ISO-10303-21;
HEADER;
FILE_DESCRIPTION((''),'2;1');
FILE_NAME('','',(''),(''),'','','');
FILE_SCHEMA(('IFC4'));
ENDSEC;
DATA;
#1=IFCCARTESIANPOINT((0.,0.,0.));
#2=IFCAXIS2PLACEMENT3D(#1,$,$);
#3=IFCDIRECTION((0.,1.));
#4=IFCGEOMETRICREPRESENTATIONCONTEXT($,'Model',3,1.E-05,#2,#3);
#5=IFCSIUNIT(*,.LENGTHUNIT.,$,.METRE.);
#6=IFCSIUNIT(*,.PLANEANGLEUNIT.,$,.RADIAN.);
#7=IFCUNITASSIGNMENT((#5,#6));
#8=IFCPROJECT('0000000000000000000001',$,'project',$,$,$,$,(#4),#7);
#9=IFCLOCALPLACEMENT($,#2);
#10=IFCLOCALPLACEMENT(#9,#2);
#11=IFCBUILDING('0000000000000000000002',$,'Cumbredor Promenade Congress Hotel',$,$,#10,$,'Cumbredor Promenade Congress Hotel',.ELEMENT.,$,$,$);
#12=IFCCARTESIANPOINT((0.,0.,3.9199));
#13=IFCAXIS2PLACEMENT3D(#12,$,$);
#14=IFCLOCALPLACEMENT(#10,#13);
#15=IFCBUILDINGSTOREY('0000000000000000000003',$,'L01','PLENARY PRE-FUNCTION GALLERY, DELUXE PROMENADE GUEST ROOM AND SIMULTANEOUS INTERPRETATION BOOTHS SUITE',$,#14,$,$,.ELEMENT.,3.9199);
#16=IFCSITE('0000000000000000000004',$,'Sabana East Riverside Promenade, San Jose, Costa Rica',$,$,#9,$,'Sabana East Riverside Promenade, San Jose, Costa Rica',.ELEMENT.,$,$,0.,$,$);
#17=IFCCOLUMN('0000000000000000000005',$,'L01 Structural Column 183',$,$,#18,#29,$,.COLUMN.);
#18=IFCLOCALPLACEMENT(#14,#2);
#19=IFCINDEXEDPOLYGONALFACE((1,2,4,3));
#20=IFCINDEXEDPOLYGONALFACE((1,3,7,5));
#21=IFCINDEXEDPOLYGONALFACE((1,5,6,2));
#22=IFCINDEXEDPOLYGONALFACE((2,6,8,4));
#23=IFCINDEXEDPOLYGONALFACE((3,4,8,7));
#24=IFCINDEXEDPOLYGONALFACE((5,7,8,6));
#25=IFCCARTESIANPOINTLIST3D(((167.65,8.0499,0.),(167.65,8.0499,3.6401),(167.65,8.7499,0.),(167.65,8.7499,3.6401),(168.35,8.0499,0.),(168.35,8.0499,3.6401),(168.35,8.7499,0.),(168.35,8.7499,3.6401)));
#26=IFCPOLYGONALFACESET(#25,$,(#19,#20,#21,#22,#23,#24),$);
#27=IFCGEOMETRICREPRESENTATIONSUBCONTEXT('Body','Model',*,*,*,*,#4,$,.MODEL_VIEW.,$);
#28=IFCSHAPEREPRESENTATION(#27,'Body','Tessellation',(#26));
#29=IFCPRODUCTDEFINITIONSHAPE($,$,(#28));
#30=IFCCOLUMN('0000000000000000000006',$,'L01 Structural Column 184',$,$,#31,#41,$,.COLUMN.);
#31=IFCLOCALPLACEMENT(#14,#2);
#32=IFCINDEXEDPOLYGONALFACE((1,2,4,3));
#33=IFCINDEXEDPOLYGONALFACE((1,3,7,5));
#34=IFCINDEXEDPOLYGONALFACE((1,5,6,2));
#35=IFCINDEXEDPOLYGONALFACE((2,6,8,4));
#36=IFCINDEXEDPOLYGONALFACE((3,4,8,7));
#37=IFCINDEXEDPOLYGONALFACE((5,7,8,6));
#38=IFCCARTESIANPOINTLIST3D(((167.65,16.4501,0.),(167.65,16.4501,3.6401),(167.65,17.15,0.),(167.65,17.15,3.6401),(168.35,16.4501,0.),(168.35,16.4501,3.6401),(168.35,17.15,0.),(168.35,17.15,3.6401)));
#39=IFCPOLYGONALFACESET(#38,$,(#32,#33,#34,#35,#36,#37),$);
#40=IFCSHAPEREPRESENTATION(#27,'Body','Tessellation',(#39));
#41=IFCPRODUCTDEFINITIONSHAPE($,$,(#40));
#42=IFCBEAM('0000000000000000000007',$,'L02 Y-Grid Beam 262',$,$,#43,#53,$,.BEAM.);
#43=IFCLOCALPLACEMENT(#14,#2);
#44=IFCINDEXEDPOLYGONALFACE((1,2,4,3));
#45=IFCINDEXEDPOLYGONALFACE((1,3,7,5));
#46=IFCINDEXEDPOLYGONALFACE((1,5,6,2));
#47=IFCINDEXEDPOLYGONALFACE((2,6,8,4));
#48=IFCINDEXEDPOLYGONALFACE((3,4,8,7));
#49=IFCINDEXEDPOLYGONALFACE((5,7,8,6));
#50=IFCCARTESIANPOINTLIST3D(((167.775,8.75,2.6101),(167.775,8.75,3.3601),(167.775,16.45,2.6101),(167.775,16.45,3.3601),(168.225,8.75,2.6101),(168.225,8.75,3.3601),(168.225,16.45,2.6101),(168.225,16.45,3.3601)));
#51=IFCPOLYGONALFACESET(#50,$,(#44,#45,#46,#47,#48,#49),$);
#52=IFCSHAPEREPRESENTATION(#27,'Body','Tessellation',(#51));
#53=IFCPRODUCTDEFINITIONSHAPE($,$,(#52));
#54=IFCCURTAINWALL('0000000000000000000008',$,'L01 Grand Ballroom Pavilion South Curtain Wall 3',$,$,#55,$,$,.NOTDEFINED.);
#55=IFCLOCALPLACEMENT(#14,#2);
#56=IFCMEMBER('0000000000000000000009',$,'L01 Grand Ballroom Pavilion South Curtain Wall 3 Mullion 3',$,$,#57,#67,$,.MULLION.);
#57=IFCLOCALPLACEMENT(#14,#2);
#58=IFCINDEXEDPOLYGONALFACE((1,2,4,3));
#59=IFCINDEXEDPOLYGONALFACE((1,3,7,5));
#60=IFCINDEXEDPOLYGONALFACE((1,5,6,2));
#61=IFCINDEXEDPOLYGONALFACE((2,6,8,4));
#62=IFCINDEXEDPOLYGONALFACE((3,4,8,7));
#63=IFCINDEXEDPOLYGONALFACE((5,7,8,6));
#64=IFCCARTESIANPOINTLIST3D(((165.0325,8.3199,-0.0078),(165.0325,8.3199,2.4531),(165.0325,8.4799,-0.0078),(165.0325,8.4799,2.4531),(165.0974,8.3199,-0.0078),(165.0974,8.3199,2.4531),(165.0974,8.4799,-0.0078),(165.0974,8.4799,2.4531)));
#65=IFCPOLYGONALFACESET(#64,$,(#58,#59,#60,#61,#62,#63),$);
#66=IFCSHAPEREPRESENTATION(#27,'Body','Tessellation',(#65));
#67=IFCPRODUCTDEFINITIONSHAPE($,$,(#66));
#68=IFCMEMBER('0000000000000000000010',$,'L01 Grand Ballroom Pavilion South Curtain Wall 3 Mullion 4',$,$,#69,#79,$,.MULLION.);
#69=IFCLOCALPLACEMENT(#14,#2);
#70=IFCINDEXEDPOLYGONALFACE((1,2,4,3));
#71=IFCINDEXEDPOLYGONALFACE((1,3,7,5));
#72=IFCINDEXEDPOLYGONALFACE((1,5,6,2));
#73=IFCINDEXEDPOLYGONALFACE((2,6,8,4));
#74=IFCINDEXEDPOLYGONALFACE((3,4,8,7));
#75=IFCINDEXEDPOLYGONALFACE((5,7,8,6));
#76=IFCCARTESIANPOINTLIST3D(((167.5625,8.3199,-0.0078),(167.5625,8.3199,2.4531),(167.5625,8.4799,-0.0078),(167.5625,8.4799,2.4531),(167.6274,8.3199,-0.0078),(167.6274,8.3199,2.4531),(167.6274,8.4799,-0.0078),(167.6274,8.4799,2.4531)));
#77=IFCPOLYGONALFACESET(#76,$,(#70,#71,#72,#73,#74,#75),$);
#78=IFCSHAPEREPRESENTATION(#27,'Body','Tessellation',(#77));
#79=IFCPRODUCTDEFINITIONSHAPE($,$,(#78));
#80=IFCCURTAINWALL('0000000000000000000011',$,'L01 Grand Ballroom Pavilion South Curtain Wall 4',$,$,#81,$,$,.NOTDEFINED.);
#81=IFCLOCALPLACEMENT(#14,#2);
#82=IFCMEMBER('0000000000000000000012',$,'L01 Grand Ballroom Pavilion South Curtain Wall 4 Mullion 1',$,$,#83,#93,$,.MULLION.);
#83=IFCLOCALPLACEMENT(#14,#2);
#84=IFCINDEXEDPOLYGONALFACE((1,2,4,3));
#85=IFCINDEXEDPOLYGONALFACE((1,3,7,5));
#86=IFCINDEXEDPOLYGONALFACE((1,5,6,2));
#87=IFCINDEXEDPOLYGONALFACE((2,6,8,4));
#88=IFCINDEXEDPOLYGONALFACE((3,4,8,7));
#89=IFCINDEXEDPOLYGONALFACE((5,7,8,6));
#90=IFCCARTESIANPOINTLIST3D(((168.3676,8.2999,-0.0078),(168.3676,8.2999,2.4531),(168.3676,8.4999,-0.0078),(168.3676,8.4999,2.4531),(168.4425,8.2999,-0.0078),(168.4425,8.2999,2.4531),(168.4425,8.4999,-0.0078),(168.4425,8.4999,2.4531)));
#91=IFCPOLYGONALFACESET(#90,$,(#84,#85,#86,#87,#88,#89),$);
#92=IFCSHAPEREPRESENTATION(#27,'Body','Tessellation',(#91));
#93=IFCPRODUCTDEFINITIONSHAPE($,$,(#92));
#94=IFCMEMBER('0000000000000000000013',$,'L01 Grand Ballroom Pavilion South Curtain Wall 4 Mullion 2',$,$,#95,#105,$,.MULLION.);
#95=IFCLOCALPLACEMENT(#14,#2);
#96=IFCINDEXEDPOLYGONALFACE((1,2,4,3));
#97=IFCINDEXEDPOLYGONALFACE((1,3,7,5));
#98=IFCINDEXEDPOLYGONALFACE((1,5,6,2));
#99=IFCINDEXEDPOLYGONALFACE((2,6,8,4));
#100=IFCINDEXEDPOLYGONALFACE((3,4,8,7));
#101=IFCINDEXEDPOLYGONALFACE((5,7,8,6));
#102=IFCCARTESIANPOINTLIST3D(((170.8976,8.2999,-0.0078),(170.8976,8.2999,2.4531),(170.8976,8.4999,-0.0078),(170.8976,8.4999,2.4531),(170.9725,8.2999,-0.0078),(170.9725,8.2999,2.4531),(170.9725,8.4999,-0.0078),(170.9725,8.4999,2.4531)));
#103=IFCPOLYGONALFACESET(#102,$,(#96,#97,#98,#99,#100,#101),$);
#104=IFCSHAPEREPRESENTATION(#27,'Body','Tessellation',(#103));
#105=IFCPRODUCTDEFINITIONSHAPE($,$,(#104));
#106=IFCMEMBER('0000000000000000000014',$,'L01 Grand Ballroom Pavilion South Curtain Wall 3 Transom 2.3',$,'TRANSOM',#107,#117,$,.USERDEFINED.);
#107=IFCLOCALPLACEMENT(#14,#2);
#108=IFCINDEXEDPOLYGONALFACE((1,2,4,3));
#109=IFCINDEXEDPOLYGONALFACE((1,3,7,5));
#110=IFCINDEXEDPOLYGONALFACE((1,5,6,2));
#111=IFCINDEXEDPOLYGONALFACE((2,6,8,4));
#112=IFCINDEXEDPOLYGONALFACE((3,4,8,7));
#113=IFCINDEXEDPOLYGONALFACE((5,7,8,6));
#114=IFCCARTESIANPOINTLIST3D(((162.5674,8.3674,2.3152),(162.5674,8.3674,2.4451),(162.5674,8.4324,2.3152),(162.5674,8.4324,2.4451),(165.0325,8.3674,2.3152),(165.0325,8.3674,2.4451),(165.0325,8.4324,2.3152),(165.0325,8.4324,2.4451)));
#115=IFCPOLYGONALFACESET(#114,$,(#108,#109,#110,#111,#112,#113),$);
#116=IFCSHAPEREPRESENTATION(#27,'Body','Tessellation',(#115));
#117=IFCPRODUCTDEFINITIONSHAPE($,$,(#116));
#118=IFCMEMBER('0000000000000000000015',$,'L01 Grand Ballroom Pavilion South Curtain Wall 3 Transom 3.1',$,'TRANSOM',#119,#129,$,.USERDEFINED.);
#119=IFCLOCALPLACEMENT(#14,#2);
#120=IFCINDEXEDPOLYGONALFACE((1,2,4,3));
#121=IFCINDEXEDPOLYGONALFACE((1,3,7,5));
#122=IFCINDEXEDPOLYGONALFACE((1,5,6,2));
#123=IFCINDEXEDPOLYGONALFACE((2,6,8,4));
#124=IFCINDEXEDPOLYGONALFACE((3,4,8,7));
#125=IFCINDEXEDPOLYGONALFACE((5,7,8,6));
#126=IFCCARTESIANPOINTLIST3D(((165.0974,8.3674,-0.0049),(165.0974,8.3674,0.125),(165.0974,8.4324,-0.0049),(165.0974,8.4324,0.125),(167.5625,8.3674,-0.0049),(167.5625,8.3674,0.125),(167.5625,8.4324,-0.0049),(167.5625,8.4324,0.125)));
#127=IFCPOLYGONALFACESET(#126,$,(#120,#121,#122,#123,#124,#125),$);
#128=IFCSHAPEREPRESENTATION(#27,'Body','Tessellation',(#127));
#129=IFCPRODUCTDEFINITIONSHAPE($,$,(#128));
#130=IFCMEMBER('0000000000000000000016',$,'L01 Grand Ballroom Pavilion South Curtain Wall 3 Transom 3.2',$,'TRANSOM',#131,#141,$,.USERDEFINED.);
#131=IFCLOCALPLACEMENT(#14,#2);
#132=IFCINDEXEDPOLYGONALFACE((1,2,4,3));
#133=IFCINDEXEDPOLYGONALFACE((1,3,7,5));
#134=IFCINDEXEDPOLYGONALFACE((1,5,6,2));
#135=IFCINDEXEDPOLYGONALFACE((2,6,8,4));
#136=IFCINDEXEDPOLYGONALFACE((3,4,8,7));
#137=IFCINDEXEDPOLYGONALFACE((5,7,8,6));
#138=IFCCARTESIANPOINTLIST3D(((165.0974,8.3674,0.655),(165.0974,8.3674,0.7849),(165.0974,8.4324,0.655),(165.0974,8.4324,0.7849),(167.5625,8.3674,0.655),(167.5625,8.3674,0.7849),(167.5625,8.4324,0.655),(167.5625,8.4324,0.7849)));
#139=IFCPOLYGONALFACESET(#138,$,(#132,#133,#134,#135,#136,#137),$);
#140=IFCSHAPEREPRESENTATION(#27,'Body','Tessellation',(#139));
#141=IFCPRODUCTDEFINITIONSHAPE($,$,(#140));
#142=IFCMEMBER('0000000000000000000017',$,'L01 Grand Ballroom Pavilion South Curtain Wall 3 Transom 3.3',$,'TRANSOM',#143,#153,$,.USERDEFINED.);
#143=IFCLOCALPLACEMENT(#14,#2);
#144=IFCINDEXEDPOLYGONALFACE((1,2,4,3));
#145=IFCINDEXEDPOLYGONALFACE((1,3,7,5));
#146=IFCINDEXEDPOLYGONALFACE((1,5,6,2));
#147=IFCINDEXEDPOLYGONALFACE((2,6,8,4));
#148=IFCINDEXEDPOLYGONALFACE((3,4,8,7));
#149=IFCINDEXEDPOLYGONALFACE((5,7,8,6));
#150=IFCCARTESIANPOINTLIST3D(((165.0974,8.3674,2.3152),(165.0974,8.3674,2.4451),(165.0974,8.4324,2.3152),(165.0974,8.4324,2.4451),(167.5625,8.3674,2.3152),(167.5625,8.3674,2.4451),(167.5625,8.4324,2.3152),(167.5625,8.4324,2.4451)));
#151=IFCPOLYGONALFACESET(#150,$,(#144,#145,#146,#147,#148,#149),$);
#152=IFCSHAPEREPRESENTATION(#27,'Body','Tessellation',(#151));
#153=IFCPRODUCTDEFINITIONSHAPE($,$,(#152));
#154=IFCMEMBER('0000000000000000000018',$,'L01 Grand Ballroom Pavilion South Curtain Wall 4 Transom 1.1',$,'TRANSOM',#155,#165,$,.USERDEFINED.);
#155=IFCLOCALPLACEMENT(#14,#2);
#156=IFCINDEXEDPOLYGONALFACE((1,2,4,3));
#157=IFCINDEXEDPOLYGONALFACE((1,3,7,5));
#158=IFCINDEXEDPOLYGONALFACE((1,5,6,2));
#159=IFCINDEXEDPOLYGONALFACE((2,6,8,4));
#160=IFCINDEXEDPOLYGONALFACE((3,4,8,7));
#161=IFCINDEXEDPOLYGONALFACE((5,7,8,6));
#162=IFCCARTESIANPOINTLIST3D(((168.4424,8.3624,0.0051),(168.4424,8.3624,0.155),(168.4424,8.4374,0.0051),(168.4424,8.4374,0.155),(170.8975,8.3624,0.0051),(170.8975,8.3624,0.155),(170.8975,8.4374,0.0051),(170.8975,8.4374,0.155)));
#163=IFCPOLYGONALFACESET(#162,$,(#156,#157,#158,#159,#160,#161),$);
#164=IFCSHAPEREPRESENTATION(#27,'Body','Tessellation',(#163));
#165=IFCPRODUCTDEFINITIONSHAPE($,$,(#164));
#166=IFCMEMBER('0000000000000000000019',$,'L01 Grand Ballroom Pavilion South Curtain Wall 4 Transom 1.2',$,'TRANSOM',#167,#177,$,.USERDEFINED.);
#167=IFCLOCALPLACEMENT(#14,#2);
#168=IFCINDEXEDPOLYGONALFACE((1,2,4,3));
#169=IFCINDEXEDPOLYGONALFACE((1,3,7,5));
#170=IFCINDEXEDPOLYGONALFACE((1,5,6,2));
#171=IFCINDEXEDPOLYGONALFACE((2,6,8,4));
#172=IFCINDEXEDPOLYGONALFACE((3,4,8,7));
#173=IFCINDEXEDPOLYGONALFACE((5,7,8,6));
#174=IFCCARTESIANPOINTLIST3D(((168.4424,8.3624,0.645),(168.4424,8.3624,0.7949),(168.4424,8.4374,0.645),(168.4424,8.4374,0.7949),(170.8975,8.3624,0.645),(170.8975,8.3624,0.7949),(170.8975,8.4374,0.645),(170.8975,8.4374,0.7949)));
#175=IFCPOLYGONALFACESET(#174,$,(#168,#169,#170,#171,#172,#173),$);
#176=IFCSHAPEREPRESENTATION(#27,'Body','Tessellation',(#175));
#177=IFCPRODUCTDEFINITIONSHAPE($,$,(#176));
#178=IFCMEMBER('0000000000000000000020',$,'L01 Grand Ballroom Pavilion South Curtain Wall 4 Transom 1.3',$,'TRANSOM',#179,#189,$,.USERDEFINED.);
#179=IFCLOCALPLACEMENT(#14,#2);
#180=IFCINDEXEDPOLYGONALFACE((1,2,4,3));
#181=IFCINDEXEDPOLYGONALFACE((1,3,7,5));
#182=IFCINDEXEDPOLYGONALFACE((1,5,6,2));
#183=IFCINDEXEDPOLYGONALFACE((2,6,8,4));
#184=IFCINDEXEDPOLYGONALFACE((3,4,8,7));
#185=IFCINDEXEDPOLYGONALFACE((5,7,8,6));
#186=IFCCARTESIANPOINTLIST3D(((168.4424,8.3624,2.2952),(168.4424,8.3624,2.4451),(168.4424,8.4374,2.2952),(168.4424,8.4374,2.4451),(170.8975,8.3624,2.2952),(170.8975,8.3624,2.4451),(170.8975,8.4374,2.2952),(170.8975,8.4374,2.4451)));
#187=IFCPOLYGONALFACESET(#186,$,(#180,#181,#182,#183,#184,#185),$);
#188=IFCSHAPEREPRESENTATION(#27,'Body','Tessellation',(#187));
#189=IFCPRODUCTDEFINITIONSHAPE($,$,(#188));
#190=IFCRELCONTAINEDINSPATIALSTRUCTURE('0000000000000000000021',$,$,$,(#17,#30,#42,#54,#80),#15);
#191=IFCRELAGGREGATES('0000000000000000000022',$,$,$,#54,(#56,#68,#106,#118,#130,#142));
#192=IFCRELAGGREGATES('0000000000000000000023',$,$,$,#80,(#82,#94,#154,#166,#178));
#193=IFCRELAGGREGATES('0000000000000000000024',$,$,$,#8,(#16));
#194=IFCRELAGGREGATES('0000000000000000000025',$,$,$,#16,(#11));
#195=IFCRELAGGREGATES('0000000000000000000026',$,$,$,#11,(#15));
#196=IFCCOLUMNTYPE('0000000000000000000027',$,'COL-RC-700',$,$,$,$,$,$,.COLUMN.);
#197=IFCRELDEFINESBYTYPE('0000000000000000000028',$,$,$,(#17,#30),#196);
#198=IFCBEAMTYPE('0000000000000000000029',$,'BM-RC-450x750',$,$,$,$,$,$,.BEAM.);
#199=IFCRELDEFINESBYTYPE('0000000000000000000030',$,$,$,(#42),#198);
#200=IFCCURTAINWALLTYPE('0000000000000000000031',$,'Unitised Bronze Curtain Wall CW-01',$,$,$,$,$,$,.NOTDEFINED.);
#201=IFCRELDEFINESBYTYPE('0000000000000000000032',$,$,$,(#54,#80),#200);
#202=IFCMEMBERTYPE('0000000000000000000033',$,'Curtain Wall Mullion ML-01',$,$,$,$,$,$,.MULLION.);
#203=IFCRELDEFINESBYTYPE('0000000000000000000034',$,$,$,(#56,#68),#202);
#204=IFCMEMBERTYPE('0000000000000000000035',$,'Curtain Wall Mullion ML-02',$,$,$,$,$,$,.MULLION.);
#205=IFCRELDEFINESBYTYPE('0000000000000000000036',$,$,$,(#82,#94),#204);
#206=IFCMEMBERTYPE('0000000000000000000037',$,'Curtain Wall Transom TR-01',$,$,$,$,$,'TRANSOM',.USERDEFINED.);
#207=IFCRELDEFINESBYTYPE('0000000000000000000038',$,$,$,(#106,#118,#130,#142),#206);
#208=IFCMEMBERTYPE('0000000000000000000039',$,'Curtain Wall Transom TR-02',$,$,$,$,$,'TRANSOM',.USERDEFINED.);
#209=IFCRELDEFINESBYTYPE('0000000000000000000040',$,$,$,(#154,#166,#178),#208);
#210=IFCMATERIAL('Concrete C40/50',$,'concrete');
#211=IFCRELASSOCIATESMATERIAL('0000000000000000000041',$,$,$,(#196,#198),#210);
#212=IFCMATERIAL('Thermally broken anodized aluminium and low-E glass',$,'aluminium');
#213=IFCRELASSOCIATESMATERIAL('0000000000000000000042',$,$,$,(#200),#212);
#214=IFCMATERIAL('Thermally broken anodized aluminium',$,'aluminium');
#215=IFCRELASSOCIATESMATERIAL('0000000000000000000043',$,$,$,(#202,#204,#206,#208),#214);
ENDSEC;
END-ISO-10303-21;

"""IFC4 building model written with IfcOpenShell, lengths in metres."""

from ifc_helpers import new_model, si_unit, direction, frame, origin, origin_2d, place, context, subcontext, project, spatial, rectangle, extrude, material, material_profile, profile_set, type_object, element, aggregate, save


model = new_model("IFC4")

# Units and contexts
model_context = context("Model", 3, precision=1e-05, world=origin(), true_north=direction((0.0, 1.0)))
body_context = subcontext(model_context, "Body", "Model", "MODEL_VIEW")
ifc_project = project(units=[si_unit("LENGTHUNIT", "METRE"), si_unit("PLANEANGLEUNIT", "RADIAN")], contexts=[model_context])

# Site, building, storey
site_placement = place(None, origin())
site = spatial("IfcSite", under=ifc_project, at=site_placement, Name="Sabana East Riverside Promenade, San Jose, Costa Rica", LongName="Sabana East Riverside Promenade, San Jose, Costa Rica", CompositionType="ELEMENT", RefElevation=0.0)
building_placement = place(site_placement, origin())
building = spatial("IfcBuilding", under=site, at=building_placement, Name="Cumbredor Promenade Congress Hotel", LongName="Cumbredor Promenade Congress Hotel", CompositionType="ELEMENT")
storey_placement = place(building_placement, frame((0.0, 0.0, 3.9199)))
storey = spatial("IfcBuildingStorey", under=building, at=storey_placement, Name="L01", Description="PLENARY PRE-FUNCTION GALLERY, DELUXE PROMENADE GUEST ROOM AND SIMULTANEOUS INTERPRETATION BOOTHS SUITE", CompositionType="ELEMENT", Elevation=3.9199)

# Columns
ifc_material_1 = material(Name="Concrete C40/50", Category="concrete")
ifc_material_profile_1 = material_profile(ifc_material_1, rectangle(XDim=0.7, YDim=0.7, at=origin_2d()), Name="RC 700x700")
ifc_profile_set_1 = profile_set([ifc_material_profile_1], Name="Concrete C40/50")
column_type = type_object("IfcColumnType", Name="COL-RC-700", PredefinedType="COLUMN", material=ifc_profile_set_1)
for number, where, z_axis, x_axis, name in (
    (1, (168.0, 8.3999, 0.0), (0.0, 0.0, 1.0), (1.0, 0.0, 0.0), "L01 Structural Column 183"),
    (2, (168.0, 16.8, 0.0), (0.0, 0.0, 1.0), (1.0, 0.0, 0.0), "L01 Structural Column 184"),
):
    element("IfcColumn", number, at=place(storey_placement, frame(where, z_axis=z_axis, x_axis=x_axis)), inside=storey, type_object=column_type, Name=name, PredefinedType="COLUMN", context=body_context, shape_type="SweptSolid", body=[
        extrude(rectangle(XDim=0.7, YDim=0.7, at=origin_2d()), origin(), (0.0, 0.0, 1.0), 3.6401),
    ])

# Beam
ifc_material_profile_2 = material_profile(ifc_material_1, rectangle(XDim=0.45, YDim=0.75, at=origin_2d()), Name="RC BEAM 450x750")
ifc_profile_set_2 = profile_set([ifc_material_profile_2], Name="Concrete C40/50")
beam_type_1 = type_object("IfcBeamType", Name="BM-RC-450x750", PredefinedType="BEAM", material=ifc_profile_set_2)
beam_1_placement = place(storey_placement, frame((168.0, 8.75, 2.9851), z_axis=(0.0, 1.0, 0.0), x_axis=(-1.0, 0.0, 0.0)))
element("IfcBeam", 3, at=beam_1_placement, inside=storey, type_object=beam_type_1, Name="L02 Y-Grid Beam 262", PredefinedType="BEAM", context=body_context, shape_type="SweptSolid", body=[
    extrude(rectangle(XDim=0.45, YDim=0.75, at=origin_2d()), origin(), (0.0, 0.0, 1.0), 7.7),
])

# Curtain walls, members
ifc_material_2 = material(Name="Thermally broken anodized aluminium and low-E glass", Category="aluminium")
curtain_wall_type = type_object("IfcCurtainWallType", Name="Unitised Bronze Curtain Wall CW-01", PredefinedType="NOTDEFINED", material=ifc_material_2)
curtain_wall_1_placement = place(storey_placement, origin())
curtain_wall_1 = element("IfcCurtainWall", 4, at=curtain_wall_1_placement, inside=storey, type_object=curtain_wall_type, Name="L01 Grand Ballroom Pavilion South Curtain Wall 3", PredefinedType="NOTDEFINED")
ifc_material_3 = material(Name="Thermally broken anodized aluminium", Category="aluminium")
ifc_material_profile_3 = material_profile(ifc_material_3, rectangle(XDim=0.0649, YDim=0.1599, at=origin_2d()), Name="ALU MULLION 65x160")
ifc_profile_set_3 = profile_set([ifc_material_profile_3], Name="Thermally broken anodized aluminium")
member_type_1 = type_object("IfcMemberType", Name="Curtain Wall Mullion ML-01", PredefinedType="MULLION", material=ifc_profile_set_3)
member_1_placement = place(storey_placement, frame((165.0649, 8.3999, -0.0078), z_axis=(0.0, 0.0, 1.0), x_axis=(1.0, 0.0, 0.0)))
member_1 = element("IfcMember", 5, at=member_1_placement, type_object=member_type_1, Name="L01 Grand Ballroom Pavilion South Curtain Wall 3 Mullion 3", PredefinedType="MULLION", context=body_context, shape_type="SweptSolid", body=[
    extrude(rectangle(XDim=0.0649, YDim=0.1599, at=origin_2d()), origin(), (0.0, 0.0, 1.0), 2.4609),
])
member_2_placement = place(storey_placement, frame((167.595, 8.3999, -0.0078), z_axis=(0.0, 0.0, 1.0), x_axis=(1.0, 0.0, 0.0)))
member_2 = element("IfcMember", 6, at=member_2_placement, type_object=member_type_1, Name="L01 Grand Ballroom Pavilion South Curtain Wall 3 Mullion 4", PredefinedType="MULLION", context=body_context, shape_type="SweptSolid", body=[
    extrude(rectangle(XDim=0.0649, YDim=0.1599, at=origin_2d()), origin(), (0.0, 0.0, 1.0), 2.4609),
])
curtain_wall_2_placement = place(storey_placement, origin())
curtain_wall_2 = element("IfcCurtainWall", 7, at=curtain_wall_2_placement, inside=storey, type_object=curtain_wall_type, Name="L01 Grand Ballroom Pavilion South Curtain Wall 4", PredefinedType="NOTDEFINED")
ifc_material_profile_4 = material_profile(ifc_material_3, rectangle(XDim=0.075, YDim=0.2, at=origin_2d()), Name="ALU MULLION 75x200")
ifc_profile_set_4 = profile_set([ifc_material_profile_4], Name="Thermally broken anodized aluminium")
member_type_2 = type_object("IfcMemberType", Name="Curtain Wall Mullion ML-02", PredefinedType="MULLION", material=ifc_profile_set_4)
member_3_placement = place(storey_placement, frame((168.405, 8.3999, -0.0078), z_axis=(0.0, 0.0, 1.0), x_axis=(1.0, 0.0, 0.0)))
member_3 = element("IfcMember", 8, at=member_3_placement, type_object=member_type_2, Name="L01 Grand Ballroom Pavilion South Curtain Wall 4 Mullion 1", PredefinedType="MULLION", context=body_context, shape_type="SweptSolid", body=[
    extrude(rectangle(XDim=0.075, YDim=0.2, at=origin_2d()), origin(), (0.0, 0.0, 1.0), 2.4609),
])
member_4_placement = place(storey_placement, frame((170.9351, 8.3999, -0.0078), z_axis=(0.0, 0.0, 1.0), x_axis=(1.0, 0.0, 0.0)))
member_4 = element("IfcMember", 9, at=member_4_placement, type_object=member_type_2, Name="L01 Grand Ballroom Pavilion South Curtain Wall 4 Mullion 2", PredefinedType="MULLION", context=body_context, shape_type="SweptSolid", body=[
    extrude(rectangle(XDim=0.075, YDim=0.2, at=origin_2d()), origin(), (0.0, 0.0, 1.0), 2.4609),
])

# Members
ifc_material_profile_5 = material_profile(ifc_material_3, rectangle(XDim=0.0649, YDim=0.1299, at=origin_2d()), Name="ALU TRANSOM 65x130")
ifc_profile_set_5 = profile_set([ifc_material_profile_5], Name="Thermally broken anodized aluminium")
member_type_3 = type_object("IfcMemberType", Name="Curtain Wall Transom TR-01", ElementType="TRANSOM", PredefinedType="USERDEFINED", material=ifc_profile_set_5)
member_5_placement = place(storey_placement, frame((162.5674, 8.3999, 2.3801), z_axis=(1.0, 0.0, 0.0), x_axis=(0.0, 1.0, 0.0)))
member_5 = element("IfcMember", 10, at=member_5_placement, type_object=member_type_3, Name="L01 Grand Ballroom Pavilion South Curtain Wall 3 Transom 2.3", ObjectType="TRANSOM", PredefinedType="USERDEFINED", context=body_context, shape_type="SweptSolid", body=[
    extrude(rectangle(XDim=0.0649, YDim=0.1299, at=origin_2d()), origin(), (0.0, 0.0, 1.0), 2.4651),
])
member_6_placement = place(storey_placement, frame((165.0974, 8.3999, 0.0601), z_axis=(1.0, 0.0, 0.0), x_axis=(0.0, 1.0, 0.0)))
member_6 = element("IfcMember", 11, at=member_6_placement, type_object=member_type_3, Name="L01 Grand Ballroom Pavilion South Curtain Wall 3 Transom 3.1", ObjectType="TRANSOM", PredefinedType="USERDEFINED", context=body_context, shape_type="SweptSolid", body=[
    extrude(rectangle(XDim=0.0649, YDim=0.1299, at=origin_2d()), origin(), (0.0, 0.0, 1.0), 2.4651),
])
member_7_placement = place(storey_placement, frame((165.0974, 8.3999, 0.72), z_axis=(1.0, 0.0, 0.0), x_axis=(0.0, 1.0, 0.0)))
member_7 = element("IfcMember", 12, at=member_7_placement, type_object=member_type_3, Name="L01 Grand Ballroom Pavilion South Curtain Wall 3 Transom 3.2", ObjectType="TRANSOM", PredefinedType="USERDEFINED", context=body_context, shape_type="SweptSolid", body=[
    extrude(rectangle(XDim=0.0649, YDim=0.1299, at=origin_2d()), origin(), (0.0, 0.0, 1.0), 2.4651),
])
member_8_placement = place(storey_placement, frame((165.0974, 8.3999, 2.3801), z_axis=(1.0, 0.0, 0.0), x_axis=(0.0, 1.0, 0.0)))
member_8 = element("IfcMember", 13, at=member_8_placement, type_object=member_type_3, Name="L01 Grand Ballroom Pavilion South Curtain Wall 3 Transom 3.3", ObjectType="TRANSOM", PredefinedType="USERDEFINED", context=body_context, shape_type="SweptSolid", body=[
    extrude(rectangle(XDim=0.0649, YDim=0.1299, at=origin_2d()), origin(), (0.0, 0.0, 1.0), 2.4651),
])
ifc_material_profile_6 = material_profile(ifc_material_3, rectangle(XDim=0.075, YDim=0.1499, at=origin_2d()), Name="ALU TRANSOM 75x150")
ifc_profile_set_6 = profile_set([ifc_material_profile_6], Name="Thermally broken anodized aluminium")
member_type_4 = type_object("IfcMemberType", Name="Curtain Wall Transom TR-02", ElementType="TRANSOM", PredefinedType="USERDEFINED", material=ifc_profile_set_6)
member_9_placement = place(storey_placement, frame((168.4424, 8.3999, 0.0801), z_axis=(1.0, 0.0, 0.0), x_axis=(0.0, 1.0, 0.0)))
member_9 = element("IfcMember", 14, at=member_9_placement, type_object=member_type_4, Name="L01 Grand Ballroom Pavilion South Curtain Wall 4 Transom 1.1", ObjectType="TRANSOM", PredefinedType="USERDEFINED", context=body_context, shape_type="SweptSolid", body=[
    extrude(rectangle(XDim=0.075, YDim=0.1499, at=origin_2d()), origin(), (0.0, 0.0, 1.0), 2.4551),
])
member_10_placement = place(storey_placement, frame((168.4424, 8.3999, 0.72), z_axis=(1.0, 0.0, 0.0), x_axis=(0.0, 1.0, 0.0)))
member_10 = element("IfcMember", 15, at=member_10_placement, type_object=member_type_4, Name="L01 Grand Ballroom Pavilion South Curtain Wall 4 Transom 1.2", ObjectType="TRANSOM", PredefinedType="USERDEFINED", context=body_context, shape_type="SweptSolid", body=[
    extrude(rectangle(XDim=0.075, YDim=0.1499, at=origin_2d()), origin(), (0.0, 0.0, 1.0), 2.4551),
])
member_11_placement = place(storey_placement, frame((168.4424, 8.3999, 2.3701), z_axis=(1.0, 0.0, 0.0), x_axis=(0.0, 1.0, 0.0)))
member_11 = element("IfcMember", 16, at=member_11_placement, type_object=member_type_4, Name="L01 Grand Ballroom Pavilion South Curtain Wall 4 Transom 1.3", ObjectType="TRANSOM", PredefinedType="USERDEFINED", context=body_context, shape_type="SweptSolid", body=[
    extrude(rectangle(XDim=0.075, YDim=0.1499, at=origin_2d()), origin(), (0.0, 0.0, 1.0), 2.4551),
])

aggregate(curtain_wall_1, [member_1, member_2, member_5, member_6, member_7, member_8])
aggregate(curtain_wall_2, [member_3, member_4, member_9, member_10, member_11])

save(model, "model.ifc")
